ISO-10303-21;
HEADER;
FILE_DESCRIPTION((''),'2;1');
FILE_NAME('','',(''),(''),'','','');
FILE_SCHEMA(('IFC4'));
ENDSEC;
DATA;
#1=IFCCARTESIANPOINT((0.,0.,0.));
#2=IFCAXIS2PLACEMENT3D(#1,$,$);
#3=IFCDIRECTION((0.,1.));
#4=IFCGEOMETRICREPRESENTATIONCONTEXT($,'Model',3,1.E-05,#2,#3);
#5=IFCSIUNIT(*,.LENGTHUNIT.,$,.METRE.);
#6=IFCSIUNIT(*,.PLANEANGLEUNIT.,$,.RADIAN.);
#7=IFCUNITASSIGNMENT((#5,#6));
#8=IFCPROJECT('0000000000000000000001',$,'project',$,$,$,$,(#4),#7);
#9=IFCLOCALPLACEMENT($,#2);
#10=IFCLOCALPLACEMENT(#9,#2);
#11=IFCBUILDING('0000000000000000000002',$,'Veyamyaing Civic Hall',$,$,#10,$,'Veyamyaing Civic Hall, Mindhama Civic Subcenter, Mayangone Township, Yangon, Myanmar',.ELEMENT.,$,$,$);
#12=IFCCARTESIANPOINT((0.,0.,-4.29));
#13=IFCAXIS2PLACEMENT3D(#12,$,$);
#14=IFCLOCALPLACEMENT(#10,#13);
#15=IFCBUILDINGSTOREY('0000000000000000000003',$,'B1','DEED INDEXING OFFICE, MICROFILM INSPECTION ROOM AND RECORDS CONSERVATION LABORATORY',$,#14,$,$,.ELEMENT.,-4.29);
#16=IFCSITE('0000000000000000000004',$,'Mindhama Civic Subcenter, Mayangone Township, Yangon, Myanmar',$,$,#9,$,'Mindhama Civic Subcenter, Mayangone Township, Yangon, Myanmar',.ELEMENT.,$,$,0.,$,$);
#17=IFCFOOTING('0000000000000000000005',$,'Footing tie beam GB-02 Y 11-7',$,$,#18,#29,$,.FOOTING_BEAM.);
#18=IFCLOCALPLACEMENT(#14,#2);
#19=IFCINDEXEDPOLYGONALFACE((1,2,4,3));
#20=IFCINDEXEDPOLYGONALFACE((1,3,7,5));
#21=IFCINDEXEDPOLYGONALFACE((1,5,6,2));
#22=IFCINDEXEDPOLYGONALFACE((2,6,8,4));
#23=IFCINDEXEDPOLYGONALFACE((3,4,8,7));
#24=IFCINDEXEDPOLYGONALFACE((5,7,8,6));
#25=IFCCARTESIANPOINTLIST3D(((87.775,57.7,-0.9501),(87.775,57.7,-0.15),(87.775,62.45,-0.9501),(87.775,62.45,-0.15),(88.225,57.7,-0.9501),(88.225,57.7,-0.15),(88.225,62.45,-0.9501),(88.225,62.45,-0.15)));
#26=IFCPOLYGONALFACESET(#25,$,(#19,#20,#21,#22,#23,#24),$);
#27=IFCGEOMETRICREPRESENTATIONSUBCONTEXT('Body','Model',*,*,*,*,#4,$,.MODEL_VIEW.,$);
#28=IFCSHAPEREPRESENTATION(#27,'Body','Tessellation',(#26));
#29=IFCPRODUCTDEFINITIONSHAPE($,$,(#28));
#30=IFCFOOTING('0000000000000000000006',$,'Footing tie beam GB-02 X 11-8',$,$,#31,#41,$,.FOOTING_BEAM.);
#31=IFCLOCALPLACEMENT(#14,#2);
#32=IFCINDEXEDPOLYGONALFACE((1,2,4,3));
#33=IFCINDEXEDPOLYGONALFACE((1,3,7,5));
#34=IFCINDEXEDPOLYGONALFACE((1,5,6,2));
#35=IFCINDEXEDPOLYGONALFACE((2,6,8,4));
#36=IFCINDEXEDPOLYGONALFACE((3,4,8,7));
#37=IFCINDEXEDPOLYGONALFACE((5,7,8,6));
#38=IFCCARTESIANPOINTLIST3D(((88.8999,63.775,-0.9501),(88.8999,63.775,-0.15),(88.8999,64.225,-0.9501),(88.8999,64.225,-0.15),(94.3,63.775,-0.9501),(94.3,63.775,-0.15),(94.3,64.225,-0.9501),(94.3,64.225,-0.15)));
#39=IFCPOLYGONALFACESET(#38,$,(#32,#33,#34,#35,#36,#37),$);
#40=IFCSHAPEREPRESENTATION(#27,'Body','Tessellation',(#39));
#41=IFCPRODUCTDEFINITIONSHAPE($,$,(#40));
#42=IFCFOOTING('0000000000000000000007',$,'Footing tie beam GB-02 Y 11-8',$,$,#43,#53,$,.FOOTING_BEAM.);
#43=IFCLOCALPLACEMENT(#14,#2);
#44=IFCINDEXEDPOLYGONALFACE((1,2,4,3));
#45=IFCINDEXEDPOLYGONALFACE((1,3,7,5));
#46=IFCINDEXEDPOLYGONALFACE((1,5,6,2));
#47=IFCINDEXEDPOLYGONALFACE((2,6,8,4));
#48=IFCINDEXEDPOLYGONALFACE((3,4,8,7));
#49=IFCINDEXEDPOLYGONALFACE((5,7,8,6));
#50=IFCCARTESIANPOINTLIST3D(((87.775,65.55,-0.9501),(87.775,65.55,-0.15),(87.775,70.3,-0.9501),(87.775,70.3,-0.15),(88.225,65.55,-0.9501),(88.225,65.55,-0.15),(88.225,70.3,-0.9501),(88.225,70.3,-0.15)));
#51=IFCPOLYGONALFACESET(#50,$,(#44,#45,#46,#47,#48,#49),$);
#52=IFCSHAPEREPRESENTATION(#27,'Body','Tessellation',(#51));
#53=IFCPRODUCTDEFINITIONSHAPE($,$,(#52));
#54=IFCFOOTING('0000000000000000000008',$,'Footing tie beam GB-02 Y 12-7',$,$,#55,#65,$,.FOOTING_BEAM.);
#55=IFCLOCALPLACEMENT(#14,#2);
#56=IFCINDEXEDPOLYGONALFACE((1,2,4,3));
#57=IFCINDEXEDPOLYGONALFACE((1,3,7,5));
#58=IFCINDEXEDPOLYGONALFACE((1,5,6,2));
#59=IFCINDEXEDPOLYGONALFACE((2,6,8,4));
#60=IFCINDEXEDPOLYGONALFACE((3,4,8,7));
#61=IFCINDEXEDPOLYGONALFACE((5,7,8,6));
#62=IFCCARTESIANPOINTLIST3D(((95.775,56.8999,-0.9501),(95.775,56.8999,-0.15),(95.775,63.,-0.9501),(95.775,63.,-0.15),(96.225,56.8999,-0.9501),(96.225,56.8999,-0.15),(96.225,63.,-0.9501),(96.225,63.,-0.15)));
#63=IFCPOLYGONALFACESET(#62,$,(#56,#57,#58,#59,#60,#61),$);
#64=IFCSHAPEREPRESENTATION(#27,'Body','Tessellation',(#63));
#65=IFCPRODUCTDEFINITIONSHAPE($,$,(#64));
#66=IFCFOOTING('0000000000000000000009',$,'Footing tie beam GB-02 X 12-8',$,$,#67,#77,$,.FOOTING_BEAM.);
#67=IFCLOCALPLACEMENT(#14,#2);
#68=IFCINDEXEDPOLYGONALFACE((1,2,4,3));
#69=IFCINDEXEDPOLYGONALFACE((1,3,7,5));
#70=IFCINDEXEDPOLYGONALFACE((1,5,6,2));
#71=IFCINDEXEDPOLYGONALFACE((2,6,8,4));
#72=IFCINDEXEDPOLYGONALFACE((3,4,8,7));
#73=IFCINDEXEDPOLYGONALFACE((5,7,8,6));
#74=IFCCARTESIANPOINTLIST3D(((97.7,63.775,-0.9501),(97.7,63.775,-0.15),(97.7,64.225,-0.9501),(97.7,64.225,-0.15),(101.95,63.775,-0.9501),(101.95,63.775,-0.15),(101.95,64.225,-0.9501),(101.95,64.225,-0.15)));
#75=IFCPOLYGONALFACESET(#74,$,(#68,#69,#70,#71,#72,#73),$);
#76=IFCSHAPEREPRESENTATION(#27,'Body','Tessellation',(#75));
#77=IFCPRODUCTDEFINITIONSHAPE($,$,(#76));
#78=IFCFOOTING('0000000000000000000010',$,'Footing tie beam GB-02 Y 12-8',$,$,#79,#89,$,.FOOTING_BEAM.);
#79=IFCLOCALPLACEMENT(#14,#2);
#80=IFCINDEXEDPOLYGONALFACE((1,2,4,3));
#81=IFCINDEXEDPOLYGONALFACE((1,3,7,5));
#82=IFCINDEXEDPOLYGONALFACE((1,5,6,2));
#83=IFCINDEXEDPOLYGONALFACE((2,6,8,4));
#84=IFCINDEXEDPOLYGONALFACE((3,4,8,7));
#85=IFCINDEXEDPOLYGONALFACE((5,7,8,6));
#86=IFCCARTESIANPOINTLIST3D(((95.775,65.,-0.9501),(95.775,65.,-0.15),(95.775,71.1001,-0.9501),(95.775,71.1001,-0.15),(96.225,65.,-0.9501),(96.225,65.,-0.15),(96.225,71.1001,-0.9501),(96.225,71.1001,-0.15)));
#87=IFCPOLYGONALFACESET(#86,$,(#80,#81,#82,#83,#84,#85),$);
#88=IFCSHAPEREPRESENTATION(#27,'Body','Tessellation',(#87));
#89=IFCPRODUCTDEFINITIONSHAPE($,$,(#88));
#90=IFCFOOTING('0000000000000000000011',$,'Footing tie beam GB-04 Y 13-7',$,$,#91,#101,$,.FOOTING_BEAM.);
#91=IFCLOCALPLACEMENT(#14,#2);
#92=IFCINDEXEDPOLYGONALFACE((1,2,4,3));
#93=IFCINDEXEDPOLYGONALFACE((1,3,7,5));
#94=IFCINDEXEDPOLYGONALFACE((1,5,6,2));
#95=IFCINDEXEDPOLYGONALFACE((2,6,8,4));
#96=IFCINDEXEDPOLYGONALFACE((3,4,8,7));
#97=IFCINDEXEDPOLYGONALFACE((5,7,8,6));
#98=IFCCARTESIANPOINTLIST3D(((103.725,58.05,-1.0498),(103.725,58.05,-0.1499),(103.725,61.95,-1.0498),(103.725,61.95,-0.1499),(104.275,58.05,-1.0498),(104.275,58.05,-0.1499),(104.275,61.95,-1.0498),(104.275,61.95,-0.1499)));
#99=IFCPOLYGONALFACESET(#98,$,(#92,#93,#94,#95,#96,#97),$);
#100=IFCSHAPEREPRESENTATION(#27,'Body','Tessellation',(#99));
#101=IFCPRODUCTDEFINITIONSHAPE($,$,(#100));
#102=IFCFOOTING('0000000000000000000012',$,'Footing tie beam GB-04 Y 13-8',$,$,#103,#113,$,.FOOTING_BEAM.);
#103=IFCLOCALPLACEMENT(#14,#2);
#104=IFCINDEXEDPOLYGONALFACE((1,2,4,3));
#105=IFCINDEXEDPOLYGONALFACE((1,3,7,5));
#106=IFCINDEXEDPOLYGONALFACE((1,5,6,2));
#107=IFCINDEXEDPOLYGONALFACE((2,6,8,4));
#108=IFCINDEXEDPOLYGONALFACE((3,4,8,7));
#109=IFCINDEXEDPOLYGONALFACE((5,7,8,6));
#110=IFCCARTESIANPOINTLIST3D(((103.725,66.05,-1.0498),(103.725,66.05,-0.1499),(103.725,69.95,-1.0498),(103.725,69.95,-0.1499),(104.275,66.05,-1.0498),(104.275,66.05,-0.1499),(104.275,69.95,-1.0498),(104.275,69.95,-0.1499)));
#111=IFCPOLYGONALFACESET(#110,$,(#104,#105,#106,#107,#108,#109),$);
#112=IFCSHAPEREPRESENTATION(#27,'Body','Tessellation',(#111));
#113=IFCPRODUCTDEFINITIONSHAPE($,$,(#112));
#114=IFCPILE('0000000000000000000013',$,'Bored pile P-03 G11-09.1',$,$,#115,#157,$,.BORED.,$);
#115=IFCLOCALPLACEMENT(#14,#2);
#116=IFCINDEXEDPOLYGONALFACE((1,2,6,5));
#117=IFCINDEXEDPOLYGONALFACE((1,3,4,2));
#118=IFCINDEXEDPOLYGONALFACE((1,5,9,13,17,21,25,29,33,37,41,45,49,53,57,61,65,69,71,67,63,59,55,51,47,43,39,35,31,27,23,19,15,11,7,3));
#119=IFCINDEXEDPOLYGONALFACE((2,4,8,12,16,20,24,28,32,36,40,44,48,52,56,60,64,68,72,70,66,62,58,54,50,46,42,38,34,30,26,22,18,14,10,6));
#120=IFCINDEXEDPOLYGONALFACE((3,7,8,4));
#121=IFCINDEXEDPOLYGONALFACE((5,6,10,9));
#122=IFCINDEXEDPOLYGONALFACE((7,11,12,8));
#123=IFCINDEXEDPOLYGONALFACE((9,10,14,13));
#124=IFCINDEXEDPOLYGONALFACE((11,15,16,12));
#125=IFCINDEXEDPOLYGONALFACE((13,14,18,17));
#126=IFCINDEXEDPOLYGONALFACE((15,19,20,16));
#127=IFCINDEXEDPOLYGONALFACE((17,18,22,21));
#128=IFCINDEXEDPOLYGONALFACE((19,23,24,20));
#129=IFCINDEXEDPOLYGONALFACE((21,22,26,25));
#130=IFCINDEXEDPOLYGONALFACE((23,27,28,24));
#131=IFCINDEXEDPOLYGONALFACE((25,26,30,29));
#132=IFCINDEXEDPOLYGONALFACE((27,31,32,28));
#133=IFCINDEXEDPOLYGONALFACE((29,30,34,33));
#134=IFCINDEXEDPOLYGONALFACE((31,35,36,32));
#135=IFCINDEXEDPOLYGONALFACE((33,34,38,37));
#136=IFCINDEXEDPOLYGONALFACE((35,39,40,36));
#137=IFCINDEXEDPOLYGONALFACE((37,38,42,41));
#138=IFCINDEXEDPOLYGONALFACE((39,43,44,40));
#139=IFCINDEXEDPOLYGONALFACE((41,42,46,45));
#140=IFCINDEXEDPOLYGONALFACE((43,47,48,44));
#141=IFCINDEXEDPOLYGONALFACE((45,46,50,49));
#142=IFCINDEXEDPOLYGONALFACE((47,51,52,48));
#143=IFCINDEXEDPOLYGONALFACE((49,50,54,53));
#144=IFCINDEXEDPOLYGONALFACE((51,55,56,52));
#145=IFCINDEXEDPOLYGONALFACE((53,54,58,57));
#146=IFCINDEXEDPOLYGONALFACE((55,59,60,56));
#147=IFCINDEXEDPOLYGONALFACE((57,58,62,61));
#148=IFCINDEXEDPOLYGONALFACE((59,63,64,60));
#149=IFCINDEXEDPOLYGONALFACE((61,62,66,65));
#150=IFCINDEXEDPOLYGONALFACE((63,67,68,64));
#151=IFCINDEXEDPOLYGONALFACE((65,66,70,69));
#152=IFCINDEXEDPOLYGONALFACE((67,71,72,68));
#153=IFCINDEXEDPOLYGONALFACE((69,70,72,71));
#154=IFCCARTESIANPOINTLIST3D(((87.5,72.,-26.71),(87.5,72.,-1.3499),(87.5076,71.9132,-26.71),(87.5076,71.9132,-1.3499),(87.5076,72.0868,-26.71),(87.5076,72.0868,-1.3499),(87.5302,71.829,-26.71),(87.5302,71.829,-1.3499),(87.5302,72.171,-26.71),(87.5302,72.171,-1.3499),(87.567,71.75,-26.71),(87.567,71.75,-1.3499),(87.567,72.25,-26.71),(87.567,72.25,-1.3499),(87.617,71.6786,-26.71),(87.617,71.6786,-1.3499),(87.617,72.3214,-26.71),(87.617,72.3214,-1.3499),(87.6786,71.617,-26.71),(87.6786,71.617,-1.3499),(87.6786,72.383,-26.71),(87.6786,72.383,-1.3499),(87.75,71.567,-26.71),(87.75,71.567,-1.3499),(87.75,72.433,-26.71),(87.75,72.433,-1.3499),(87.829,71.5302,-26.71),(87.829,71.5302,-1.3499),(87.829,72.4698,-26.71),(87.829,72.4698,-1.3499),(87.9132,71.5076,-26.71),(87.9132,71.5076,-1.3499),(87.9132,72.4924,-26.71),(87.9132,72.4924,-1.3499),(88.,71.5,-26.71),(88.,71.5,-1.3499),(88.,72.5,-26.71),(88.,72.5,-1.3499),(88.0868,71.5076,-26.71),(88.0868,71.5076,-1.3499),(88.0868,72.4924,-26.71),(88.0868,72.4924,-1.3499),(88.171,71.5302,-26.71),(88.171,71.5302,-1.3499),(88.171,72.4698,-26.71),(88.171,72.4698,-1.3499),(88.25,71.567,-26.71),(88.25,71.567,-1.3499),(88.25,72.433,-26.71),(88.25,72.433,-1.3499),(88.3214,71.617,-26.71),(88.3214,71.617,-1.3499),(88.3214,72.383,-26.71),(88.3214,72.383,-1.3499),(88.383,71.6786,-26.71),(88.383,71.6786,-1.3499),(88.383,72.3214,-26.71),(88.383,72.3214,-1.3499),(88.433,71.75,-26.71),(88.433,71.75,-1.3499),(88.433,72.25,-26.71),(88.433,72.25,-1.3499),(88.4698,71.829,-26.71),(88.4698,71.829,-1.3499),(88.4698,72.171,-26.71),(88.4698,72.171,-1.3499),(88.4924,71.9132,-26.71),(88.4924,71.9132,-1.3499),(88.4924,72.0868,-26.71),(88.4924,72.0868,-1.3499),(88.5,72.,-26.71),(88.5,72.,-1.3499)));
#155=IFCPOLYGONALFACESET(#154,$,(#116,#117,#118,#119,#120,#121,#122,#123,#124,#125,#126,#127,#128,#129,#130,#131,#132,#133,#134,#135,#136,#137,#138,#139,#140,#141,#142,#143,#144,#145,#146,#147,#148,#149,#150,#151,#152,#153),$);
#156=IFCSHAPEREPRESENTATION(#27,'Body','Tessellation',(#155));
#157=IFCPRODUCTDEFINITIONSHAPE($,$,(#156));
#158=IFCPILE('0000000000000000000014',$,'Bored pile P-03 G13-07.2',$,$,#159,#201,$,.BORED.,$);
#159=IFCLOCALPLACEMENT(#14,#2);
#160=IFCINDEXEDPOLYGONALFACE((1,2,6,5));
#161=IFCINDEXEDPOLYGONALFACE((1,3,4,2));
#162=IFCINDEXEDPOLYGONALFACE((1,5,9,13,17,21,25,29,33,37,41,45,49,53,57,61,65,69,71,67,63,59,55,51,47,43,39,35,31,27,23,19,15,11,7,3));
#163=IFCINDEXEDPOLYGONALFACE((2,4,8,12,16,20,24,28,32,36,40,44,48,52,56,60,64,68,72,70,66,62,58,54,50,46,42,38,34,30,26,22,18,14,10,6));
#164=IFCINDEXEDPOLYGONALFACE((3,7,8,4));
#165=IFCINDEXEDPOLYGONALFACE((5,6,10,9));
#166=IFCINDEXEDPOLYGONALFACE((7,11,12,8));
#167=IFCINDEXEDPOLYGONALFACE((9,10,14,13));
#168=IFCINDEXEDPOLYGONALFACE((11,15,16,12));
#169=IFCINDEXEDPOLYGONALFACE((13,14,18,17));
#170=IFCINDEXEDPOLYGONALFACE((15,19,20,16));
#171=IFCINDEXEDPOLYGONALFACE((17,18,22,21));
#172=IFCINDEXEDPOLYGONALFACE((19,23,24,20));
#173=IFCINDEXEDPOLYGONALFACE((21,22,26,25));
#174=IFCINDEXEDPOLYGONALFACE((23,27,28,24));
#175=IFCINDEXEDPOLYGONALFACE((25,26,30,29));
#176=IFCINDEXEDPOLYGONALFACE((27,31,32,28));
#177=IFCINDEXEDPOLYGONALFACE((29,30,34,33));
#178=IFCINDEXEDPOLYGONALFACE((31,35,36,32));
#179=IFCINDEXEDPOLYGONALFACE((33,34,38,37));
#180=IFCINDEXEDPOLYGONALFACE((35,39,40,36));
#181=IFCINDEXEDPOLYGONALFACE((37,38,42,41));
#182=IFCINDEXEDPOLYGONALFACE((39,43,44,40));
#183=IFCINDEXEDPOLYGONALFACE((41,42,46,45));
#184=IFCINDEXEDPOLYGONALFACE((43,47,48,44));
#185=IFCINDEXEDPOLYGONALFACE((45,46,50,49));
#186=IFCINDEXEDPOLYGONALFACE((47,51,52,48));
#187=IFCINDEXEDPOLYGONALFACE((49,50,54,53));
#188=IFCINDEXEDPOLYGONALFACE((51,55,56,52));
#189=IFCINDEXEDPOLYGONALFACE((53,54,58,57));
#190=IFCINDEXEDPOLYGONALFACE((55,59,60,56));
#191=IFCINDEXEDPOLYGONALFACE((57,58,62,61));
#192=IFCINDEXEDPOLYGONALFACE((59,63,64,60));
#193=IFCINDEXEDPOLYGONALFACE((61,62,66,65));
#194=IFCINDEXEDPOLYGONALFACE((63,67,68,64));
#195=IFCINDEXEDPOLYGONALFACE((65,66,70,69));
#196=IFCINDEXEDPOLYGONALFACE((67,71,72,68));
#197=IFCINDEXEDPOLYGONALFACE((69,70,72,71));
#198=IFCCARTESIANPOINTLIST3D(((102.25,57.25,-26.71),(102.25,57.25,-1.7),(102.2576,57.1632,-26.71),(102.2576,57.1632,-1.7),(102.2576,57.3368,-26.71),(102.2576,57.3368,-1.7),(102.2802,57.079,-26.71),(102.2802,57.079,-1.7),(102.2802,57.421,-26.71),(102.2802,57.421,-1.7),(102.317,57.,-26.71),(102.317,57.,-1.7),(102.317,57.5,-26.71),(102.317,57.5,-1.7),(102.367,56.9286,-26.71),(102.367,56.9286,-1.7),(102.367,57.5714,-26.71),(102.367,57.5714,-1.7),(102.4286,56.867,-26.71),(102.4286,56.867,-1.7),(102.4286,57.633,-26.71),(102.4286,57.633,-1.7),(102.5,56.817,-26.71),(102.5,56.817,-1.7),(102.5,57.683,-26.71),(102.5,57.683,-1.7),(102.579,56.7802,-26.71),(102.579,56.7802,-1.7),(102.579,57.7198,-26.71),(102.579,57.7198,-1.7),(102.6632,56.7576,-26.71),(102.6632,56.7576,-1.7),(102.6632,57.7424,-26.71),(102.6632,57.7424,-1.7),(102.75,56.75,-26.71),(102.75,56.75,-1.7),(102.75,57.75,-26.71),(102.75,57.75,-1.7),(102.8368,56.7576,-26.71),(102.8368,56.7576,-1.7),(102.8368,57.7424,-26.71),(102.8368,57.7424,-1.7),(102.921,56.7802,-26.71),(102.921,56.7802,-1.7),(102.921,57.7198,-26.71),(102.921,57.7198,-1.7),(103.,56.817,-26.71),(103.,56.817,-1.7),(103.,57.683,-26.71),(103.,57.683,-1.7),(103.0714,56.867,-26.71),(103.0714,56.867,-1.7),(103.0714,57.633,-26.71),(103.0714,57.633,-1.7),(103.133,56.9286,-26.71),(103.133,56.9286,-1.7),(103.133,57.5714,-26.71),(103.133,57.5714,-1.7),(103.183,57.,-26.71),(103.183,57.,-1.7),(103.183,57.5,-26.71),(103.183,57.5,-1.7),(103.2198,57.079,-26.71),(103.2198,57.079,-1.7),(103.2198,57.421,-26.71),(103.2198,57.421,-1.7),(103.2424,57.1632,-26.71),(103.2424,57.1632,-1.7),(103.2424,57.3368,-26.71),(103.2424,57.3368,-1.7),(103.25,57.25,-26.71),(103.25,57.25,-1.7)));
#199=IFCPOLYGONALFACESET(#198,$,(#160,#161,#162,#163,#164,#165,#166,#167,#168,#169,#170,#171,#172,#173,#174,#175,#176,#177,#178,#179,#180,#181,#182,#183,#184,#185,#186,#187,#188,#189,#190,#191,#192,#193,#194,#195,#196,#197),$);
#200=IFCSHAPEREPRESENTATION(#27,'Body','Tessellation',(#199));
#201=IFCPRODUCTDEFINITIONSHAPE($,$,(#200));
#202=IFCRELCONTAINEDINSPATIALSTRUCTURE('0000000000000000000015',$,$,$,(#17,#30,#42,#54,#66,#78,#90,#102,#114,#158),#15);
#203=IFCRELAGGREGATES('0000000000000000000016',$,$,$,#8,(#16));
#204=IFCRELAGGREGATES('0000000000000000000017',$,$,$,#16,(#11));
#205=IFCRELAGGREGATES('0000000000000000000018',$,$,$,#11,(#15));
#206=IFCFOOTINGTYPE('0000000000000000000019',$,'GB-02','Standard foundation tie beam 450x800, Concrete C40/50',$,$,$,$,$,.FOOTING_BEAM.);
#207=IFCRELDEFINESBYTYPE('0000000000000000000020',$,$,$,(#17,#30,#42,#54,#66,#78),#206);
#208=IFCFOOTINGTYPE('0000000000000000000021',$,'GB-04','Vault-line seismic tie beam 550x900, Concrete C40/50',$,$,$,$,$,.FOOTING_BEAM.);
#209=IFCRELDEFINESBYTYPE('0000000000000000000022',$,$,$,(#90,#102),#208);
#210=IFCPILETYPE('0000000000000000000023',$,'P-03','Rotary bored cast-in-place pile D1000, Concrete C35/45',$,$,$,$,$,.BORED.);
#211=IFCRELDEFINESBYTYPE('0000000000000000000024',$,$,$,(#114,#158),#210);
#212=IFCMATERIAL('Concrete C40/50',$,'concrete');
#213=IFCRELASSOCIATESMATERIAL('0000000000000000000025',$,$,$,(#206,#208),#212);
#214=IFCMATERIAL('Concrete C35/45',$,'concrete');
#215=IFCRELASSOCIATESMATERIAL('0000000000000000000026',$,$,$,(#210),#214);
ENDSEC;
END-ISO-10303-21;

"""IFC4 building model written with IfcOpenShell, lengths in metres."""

from ifc_helpers import new_model, si_unit, direction, frame, origin, origin_2d, place, context, subcontext, project, spatial, rectangle, circle, extrude, material, material_profile, profile_set, type_object, element, save


model = new_model("IFC4")

# Units and contexts
model_context = context("Model", 3, precision=1e-05, world=origin(), true_north=direction((0.0, 1.0)))
body_context = subcontext(model_context, "Body", "Model", "MODEL_VIEW")
ifc_project = project(units=[si_unit("LENGTHUNIT", "METRE"), si_unit("PLANEANGLEUNIT", "RADIAN")], contexts=[model_context])

# Site, building, storey
site_placement = place(None, origin())
site = spatial("IfcSite", under=ifc_project, at=site_placement, Name="Mindhama Civic Subcenter, Mayangone Township, Yangon, Myanmar", LongName="Mindhama Civic Subcenter, Mayangone Township, Yangon, Myanmar", CompositionType="ELEMENT", RefElevation=0.0)
building_placement = place(site_placement, origin())
building = spatial("IfcBuilding", under=site, at=building_placement, Name="Veyamyaing Civic Hall", LongName="Veyamyaing Civic Hall, Mindhama Civic Subcenter, Mayangone Township, Yangon, Myanmar", CompositionType="ELEMENT")
storey_placement = place(building_placement, frame((0.0, 0.0, -4.29)))
storey = spatial("IfcBuildingStorey", under=building, at=storey_placement, Name="B1", Description="DEED INDEXING OFFICE, MICROFILM INSPECTION ROOM AND RECORDS CONSERVATION LABORATORY", CompositionType="ELEMENT", Elevation=-4.29)

# Footings
ifc_material_1 = material(Name="Concrete C40/50", Category="concrete")
ifc_material_profile_1 = material_profile(ifc_material_1, rectangle(XDim=0.45, YDim=0.8, at=origin_2d()), Name="GB-450X800")
ifc_profile_set_1 = profile_set([ifc_material_profile_1], Name="Concrete C40/50")
footing_type_1 = type_object("IfcFootingType", Name="GB-02", Description="Standard foundation tie beam 450x800, Concrete C40/50", PredefinedType="FOOTING_BEAM", material=ifc_profile_set_1)
footing_1_placement = place(storey_placement, frame((88.0, 57.7, -0.55), z_axis=(0.0, 1.0, 0.0), x_axis=(-1.0, 0.0, 0.0)))
element("IfcFooting", 1, at=footing_1_placement, inside=storey, type_object=footing_type_1, Name="Footing tie beam GB-02 Y 11-7", PredefinedType="FOOTING_BEAM", context=body_context, shape_type="SweptSolid", body=[
    extrude(rectangle(XDim=0.45, YDim=0.8, at=origin_2d()), origin(), (0.0, 0.0, 1.0), 4.75),
])
footing_2_placement = place(storey_placement, frame((88.8999, 64.0, -0.55), z_axis=(1.0, 0.0, 0.0), x_axis=(0.0, 1.0, 0.0)))
element("IfcFooting", 2, at=footing_2_placement, inside=storey, type_object=footing_type_1, Name="Footing tie beam GB-02 X 11-8", PredefinedType="FOOTING_BEAM", context=body_context, shape_type="SweptSolid", body=[
    extrude(rectangle(XDim=0.45, YDim=0.8, at=origin_2d()), origin(), (0.0, 0.0, 1.0), 5.4001),
])
footing_3_placement = place(storey_placement, frame((88.0, 65.55, -0.55), z_axis=(0.0, 1.0, 0.0), x_axis=(-1.0, 0.0, 0.0)))
element("IfcFooting", 3, at=footing_3_placement, inside=storey, type_object=footing_type_1, Name="Footing tie beam GB-02 Y 11-8", PredefinedType="FOOTING_BEAM", context=body_context, shape_type="SweptSolid", body=[
    extrude(rectangle(XDim=0.45, YDim=0.8, at=origin_2d()), origin(), (0.0, 0.0, 1.0), 4.75),
])
footing_4_placement = place(storey_placement, frame((96.0, 56.8999, -0.55), z_axis=(0.0, 1.0, 0.0), x_axis=(-1.0, 0.0, 0.0)))
element("IfcFooting", 4, at=footing_4_placement, inside=storey, type_object=footing_type_1, Name="Footing tie beam GB-02 Y 12-7", PredefinedType="FOOTING_BEAM", context=body_context, shape_type="SweptSolid", body=[
    extrude(rectangle(XDim=0.45, YDim=0.8, at=origin_2d()), origin(), (0.0, 0.0, 1.0), 6.1001),
])
footing_5_placement = place(storey_placement, frame((97.7, 64.0, -0.55), z_axis=(1.0, 0.0, 0.0), x_axis=(0.0, 1.0, 0.0)))
element("IfcFooting", 5, at=footing_5_placement, inside=storey, type_object=footing_type_1, Name="Footing tie beam GB-02 X 12-8", PredefinedType="FOOTING_BEAM", context=body_context, shape_type="SweptSolid", body=[
    extrude(rectangle(XDim=0.45, YDim=0.8, at=origin_2d()), origin(), (0.0, 0.0, 1.0), 4.25),
])
footing_6_placement = place(storey_placement, frame((96.0, 65.0, -0.55), z_axis=(0.0, 1.0, 0.0), x_axis=(-1.0, 0.0, 0.0)))
element("IfcFooting", 6, at=footing_6_placement, inside=storey, type_object=footing_type_1, Name="Footing tie beam GB-02 Y 12-8", PredefinedType="FOOTING_BEAM", context=body_context, shape_type="SweptSolid", body=[
    extrude(rectangle(XDim=0.45, YDim=0.8, at=origin_2d()), origin(), (0.0, 0.0, 1.0), 6.1001),
])
ifc_material_profile_2 = material_profile(ifc_material_1, rectangle(XDim=0.55, YDim=0.8999, at=origin_2d()), Name="GB-550X900")
ifc_profile_set_2 = profile_set([ifc_material_profile_2], Name="Concrete C40/50")
footing_type_2 = type_object("IfcFootingType", Name="GB-04", Description="Vault-line seismic tie beam 550x900, Concrete C40/50", PredefinedType="FOOTING_BEAM", material=ifc_profile_set_2)
for number, where, z_axis, x_axis, name in (
    (7, (104.0, 58.05, -0.5999), (0.0, 1.0, 0.0), (-1.0, 0.0, 0.0), "Footing tie beam GB-04 Y 13-7"),
    (8, (104.0, 66.05, -0.5999), (0.0, 1.0, 0.0), (-1.0, 0.0, 0.0), "Footing tie beam GB-04 Y 13-8"),
):
    element("IfcFooting", number, at=place(storey_placement, frame(where, z_axis=z_axis, x_axis=x_axis)), inside=storey, type_object=footing_type_2, Name=name, PredefinedType="FOOTING_BEAM", context=body_context, shape_type="SweptSolid", body=[
        extrude(rectangle(XDim=0.55, YDim=0.8999, at=origin_2d()), origin(), (0.0, 0.0, 1.0), 3.8999),
    ])

# Piles
ifc_material_2 = material(Name="Concrete C35/45", Category="concrete")
ifc_material_profile_3 = material_profile(ifc_material_2, circle(Radius=0.5, at=origin_2d()), Name="PILE-D1000")
ifc_profile_set_3 = profile_set([ifc_material_profile_3], Name="Concrete C35/45")
pile_type_1 = type_object("IfcPileType", Name="P-03", Description="Rotary bored cast-in-place pile D1000, Concrete C35/45", PredefinedType="BORED", material=ifc_profile_set_3)
pile_1_placement = place(storey_placement, frame((88.0, 72.0, -1.3499), z_axis=(0.0, 0.0, -1.0), x_axis=(1.0, 0.0, 0.0)))
element("IfcPile", 9, at=pile_1_placement, inside=storey, type_object=pile_type_1, Name="Bored pile P-03 G11-09.1", PredefinedType="BORED", context=body_context, shape_type="SweptSolid", body=[
    extrude(circle(Radius=0.5, at=origin_2d()), origin(), (0.0, 0.0, 1.0), 25.3601),
])
for number, where, z_axis, x_axis, name in (
    (10, (102.75, 57.25, -1.7), (0.0, 0.0, -1.0), (1.0, 0.0, 0.0), "Bored pile P-03 G13-07.2"),
):
    element("IfcPile", number, at=place(storey_placement, frame(where, z_axis=z_axis, x_axis=x_axis)), inside=storey, type_object=pile_type_1, Name=name, PredefinedType="BORED", context=body_context, shape_type="SweptSolid", body=[
        extrude(circle(Radius=0.5, at=origin_2d()), origin(), (0.0, 0.0, 1.0), 25.01),
    ])

save(model, "model.ifc")
